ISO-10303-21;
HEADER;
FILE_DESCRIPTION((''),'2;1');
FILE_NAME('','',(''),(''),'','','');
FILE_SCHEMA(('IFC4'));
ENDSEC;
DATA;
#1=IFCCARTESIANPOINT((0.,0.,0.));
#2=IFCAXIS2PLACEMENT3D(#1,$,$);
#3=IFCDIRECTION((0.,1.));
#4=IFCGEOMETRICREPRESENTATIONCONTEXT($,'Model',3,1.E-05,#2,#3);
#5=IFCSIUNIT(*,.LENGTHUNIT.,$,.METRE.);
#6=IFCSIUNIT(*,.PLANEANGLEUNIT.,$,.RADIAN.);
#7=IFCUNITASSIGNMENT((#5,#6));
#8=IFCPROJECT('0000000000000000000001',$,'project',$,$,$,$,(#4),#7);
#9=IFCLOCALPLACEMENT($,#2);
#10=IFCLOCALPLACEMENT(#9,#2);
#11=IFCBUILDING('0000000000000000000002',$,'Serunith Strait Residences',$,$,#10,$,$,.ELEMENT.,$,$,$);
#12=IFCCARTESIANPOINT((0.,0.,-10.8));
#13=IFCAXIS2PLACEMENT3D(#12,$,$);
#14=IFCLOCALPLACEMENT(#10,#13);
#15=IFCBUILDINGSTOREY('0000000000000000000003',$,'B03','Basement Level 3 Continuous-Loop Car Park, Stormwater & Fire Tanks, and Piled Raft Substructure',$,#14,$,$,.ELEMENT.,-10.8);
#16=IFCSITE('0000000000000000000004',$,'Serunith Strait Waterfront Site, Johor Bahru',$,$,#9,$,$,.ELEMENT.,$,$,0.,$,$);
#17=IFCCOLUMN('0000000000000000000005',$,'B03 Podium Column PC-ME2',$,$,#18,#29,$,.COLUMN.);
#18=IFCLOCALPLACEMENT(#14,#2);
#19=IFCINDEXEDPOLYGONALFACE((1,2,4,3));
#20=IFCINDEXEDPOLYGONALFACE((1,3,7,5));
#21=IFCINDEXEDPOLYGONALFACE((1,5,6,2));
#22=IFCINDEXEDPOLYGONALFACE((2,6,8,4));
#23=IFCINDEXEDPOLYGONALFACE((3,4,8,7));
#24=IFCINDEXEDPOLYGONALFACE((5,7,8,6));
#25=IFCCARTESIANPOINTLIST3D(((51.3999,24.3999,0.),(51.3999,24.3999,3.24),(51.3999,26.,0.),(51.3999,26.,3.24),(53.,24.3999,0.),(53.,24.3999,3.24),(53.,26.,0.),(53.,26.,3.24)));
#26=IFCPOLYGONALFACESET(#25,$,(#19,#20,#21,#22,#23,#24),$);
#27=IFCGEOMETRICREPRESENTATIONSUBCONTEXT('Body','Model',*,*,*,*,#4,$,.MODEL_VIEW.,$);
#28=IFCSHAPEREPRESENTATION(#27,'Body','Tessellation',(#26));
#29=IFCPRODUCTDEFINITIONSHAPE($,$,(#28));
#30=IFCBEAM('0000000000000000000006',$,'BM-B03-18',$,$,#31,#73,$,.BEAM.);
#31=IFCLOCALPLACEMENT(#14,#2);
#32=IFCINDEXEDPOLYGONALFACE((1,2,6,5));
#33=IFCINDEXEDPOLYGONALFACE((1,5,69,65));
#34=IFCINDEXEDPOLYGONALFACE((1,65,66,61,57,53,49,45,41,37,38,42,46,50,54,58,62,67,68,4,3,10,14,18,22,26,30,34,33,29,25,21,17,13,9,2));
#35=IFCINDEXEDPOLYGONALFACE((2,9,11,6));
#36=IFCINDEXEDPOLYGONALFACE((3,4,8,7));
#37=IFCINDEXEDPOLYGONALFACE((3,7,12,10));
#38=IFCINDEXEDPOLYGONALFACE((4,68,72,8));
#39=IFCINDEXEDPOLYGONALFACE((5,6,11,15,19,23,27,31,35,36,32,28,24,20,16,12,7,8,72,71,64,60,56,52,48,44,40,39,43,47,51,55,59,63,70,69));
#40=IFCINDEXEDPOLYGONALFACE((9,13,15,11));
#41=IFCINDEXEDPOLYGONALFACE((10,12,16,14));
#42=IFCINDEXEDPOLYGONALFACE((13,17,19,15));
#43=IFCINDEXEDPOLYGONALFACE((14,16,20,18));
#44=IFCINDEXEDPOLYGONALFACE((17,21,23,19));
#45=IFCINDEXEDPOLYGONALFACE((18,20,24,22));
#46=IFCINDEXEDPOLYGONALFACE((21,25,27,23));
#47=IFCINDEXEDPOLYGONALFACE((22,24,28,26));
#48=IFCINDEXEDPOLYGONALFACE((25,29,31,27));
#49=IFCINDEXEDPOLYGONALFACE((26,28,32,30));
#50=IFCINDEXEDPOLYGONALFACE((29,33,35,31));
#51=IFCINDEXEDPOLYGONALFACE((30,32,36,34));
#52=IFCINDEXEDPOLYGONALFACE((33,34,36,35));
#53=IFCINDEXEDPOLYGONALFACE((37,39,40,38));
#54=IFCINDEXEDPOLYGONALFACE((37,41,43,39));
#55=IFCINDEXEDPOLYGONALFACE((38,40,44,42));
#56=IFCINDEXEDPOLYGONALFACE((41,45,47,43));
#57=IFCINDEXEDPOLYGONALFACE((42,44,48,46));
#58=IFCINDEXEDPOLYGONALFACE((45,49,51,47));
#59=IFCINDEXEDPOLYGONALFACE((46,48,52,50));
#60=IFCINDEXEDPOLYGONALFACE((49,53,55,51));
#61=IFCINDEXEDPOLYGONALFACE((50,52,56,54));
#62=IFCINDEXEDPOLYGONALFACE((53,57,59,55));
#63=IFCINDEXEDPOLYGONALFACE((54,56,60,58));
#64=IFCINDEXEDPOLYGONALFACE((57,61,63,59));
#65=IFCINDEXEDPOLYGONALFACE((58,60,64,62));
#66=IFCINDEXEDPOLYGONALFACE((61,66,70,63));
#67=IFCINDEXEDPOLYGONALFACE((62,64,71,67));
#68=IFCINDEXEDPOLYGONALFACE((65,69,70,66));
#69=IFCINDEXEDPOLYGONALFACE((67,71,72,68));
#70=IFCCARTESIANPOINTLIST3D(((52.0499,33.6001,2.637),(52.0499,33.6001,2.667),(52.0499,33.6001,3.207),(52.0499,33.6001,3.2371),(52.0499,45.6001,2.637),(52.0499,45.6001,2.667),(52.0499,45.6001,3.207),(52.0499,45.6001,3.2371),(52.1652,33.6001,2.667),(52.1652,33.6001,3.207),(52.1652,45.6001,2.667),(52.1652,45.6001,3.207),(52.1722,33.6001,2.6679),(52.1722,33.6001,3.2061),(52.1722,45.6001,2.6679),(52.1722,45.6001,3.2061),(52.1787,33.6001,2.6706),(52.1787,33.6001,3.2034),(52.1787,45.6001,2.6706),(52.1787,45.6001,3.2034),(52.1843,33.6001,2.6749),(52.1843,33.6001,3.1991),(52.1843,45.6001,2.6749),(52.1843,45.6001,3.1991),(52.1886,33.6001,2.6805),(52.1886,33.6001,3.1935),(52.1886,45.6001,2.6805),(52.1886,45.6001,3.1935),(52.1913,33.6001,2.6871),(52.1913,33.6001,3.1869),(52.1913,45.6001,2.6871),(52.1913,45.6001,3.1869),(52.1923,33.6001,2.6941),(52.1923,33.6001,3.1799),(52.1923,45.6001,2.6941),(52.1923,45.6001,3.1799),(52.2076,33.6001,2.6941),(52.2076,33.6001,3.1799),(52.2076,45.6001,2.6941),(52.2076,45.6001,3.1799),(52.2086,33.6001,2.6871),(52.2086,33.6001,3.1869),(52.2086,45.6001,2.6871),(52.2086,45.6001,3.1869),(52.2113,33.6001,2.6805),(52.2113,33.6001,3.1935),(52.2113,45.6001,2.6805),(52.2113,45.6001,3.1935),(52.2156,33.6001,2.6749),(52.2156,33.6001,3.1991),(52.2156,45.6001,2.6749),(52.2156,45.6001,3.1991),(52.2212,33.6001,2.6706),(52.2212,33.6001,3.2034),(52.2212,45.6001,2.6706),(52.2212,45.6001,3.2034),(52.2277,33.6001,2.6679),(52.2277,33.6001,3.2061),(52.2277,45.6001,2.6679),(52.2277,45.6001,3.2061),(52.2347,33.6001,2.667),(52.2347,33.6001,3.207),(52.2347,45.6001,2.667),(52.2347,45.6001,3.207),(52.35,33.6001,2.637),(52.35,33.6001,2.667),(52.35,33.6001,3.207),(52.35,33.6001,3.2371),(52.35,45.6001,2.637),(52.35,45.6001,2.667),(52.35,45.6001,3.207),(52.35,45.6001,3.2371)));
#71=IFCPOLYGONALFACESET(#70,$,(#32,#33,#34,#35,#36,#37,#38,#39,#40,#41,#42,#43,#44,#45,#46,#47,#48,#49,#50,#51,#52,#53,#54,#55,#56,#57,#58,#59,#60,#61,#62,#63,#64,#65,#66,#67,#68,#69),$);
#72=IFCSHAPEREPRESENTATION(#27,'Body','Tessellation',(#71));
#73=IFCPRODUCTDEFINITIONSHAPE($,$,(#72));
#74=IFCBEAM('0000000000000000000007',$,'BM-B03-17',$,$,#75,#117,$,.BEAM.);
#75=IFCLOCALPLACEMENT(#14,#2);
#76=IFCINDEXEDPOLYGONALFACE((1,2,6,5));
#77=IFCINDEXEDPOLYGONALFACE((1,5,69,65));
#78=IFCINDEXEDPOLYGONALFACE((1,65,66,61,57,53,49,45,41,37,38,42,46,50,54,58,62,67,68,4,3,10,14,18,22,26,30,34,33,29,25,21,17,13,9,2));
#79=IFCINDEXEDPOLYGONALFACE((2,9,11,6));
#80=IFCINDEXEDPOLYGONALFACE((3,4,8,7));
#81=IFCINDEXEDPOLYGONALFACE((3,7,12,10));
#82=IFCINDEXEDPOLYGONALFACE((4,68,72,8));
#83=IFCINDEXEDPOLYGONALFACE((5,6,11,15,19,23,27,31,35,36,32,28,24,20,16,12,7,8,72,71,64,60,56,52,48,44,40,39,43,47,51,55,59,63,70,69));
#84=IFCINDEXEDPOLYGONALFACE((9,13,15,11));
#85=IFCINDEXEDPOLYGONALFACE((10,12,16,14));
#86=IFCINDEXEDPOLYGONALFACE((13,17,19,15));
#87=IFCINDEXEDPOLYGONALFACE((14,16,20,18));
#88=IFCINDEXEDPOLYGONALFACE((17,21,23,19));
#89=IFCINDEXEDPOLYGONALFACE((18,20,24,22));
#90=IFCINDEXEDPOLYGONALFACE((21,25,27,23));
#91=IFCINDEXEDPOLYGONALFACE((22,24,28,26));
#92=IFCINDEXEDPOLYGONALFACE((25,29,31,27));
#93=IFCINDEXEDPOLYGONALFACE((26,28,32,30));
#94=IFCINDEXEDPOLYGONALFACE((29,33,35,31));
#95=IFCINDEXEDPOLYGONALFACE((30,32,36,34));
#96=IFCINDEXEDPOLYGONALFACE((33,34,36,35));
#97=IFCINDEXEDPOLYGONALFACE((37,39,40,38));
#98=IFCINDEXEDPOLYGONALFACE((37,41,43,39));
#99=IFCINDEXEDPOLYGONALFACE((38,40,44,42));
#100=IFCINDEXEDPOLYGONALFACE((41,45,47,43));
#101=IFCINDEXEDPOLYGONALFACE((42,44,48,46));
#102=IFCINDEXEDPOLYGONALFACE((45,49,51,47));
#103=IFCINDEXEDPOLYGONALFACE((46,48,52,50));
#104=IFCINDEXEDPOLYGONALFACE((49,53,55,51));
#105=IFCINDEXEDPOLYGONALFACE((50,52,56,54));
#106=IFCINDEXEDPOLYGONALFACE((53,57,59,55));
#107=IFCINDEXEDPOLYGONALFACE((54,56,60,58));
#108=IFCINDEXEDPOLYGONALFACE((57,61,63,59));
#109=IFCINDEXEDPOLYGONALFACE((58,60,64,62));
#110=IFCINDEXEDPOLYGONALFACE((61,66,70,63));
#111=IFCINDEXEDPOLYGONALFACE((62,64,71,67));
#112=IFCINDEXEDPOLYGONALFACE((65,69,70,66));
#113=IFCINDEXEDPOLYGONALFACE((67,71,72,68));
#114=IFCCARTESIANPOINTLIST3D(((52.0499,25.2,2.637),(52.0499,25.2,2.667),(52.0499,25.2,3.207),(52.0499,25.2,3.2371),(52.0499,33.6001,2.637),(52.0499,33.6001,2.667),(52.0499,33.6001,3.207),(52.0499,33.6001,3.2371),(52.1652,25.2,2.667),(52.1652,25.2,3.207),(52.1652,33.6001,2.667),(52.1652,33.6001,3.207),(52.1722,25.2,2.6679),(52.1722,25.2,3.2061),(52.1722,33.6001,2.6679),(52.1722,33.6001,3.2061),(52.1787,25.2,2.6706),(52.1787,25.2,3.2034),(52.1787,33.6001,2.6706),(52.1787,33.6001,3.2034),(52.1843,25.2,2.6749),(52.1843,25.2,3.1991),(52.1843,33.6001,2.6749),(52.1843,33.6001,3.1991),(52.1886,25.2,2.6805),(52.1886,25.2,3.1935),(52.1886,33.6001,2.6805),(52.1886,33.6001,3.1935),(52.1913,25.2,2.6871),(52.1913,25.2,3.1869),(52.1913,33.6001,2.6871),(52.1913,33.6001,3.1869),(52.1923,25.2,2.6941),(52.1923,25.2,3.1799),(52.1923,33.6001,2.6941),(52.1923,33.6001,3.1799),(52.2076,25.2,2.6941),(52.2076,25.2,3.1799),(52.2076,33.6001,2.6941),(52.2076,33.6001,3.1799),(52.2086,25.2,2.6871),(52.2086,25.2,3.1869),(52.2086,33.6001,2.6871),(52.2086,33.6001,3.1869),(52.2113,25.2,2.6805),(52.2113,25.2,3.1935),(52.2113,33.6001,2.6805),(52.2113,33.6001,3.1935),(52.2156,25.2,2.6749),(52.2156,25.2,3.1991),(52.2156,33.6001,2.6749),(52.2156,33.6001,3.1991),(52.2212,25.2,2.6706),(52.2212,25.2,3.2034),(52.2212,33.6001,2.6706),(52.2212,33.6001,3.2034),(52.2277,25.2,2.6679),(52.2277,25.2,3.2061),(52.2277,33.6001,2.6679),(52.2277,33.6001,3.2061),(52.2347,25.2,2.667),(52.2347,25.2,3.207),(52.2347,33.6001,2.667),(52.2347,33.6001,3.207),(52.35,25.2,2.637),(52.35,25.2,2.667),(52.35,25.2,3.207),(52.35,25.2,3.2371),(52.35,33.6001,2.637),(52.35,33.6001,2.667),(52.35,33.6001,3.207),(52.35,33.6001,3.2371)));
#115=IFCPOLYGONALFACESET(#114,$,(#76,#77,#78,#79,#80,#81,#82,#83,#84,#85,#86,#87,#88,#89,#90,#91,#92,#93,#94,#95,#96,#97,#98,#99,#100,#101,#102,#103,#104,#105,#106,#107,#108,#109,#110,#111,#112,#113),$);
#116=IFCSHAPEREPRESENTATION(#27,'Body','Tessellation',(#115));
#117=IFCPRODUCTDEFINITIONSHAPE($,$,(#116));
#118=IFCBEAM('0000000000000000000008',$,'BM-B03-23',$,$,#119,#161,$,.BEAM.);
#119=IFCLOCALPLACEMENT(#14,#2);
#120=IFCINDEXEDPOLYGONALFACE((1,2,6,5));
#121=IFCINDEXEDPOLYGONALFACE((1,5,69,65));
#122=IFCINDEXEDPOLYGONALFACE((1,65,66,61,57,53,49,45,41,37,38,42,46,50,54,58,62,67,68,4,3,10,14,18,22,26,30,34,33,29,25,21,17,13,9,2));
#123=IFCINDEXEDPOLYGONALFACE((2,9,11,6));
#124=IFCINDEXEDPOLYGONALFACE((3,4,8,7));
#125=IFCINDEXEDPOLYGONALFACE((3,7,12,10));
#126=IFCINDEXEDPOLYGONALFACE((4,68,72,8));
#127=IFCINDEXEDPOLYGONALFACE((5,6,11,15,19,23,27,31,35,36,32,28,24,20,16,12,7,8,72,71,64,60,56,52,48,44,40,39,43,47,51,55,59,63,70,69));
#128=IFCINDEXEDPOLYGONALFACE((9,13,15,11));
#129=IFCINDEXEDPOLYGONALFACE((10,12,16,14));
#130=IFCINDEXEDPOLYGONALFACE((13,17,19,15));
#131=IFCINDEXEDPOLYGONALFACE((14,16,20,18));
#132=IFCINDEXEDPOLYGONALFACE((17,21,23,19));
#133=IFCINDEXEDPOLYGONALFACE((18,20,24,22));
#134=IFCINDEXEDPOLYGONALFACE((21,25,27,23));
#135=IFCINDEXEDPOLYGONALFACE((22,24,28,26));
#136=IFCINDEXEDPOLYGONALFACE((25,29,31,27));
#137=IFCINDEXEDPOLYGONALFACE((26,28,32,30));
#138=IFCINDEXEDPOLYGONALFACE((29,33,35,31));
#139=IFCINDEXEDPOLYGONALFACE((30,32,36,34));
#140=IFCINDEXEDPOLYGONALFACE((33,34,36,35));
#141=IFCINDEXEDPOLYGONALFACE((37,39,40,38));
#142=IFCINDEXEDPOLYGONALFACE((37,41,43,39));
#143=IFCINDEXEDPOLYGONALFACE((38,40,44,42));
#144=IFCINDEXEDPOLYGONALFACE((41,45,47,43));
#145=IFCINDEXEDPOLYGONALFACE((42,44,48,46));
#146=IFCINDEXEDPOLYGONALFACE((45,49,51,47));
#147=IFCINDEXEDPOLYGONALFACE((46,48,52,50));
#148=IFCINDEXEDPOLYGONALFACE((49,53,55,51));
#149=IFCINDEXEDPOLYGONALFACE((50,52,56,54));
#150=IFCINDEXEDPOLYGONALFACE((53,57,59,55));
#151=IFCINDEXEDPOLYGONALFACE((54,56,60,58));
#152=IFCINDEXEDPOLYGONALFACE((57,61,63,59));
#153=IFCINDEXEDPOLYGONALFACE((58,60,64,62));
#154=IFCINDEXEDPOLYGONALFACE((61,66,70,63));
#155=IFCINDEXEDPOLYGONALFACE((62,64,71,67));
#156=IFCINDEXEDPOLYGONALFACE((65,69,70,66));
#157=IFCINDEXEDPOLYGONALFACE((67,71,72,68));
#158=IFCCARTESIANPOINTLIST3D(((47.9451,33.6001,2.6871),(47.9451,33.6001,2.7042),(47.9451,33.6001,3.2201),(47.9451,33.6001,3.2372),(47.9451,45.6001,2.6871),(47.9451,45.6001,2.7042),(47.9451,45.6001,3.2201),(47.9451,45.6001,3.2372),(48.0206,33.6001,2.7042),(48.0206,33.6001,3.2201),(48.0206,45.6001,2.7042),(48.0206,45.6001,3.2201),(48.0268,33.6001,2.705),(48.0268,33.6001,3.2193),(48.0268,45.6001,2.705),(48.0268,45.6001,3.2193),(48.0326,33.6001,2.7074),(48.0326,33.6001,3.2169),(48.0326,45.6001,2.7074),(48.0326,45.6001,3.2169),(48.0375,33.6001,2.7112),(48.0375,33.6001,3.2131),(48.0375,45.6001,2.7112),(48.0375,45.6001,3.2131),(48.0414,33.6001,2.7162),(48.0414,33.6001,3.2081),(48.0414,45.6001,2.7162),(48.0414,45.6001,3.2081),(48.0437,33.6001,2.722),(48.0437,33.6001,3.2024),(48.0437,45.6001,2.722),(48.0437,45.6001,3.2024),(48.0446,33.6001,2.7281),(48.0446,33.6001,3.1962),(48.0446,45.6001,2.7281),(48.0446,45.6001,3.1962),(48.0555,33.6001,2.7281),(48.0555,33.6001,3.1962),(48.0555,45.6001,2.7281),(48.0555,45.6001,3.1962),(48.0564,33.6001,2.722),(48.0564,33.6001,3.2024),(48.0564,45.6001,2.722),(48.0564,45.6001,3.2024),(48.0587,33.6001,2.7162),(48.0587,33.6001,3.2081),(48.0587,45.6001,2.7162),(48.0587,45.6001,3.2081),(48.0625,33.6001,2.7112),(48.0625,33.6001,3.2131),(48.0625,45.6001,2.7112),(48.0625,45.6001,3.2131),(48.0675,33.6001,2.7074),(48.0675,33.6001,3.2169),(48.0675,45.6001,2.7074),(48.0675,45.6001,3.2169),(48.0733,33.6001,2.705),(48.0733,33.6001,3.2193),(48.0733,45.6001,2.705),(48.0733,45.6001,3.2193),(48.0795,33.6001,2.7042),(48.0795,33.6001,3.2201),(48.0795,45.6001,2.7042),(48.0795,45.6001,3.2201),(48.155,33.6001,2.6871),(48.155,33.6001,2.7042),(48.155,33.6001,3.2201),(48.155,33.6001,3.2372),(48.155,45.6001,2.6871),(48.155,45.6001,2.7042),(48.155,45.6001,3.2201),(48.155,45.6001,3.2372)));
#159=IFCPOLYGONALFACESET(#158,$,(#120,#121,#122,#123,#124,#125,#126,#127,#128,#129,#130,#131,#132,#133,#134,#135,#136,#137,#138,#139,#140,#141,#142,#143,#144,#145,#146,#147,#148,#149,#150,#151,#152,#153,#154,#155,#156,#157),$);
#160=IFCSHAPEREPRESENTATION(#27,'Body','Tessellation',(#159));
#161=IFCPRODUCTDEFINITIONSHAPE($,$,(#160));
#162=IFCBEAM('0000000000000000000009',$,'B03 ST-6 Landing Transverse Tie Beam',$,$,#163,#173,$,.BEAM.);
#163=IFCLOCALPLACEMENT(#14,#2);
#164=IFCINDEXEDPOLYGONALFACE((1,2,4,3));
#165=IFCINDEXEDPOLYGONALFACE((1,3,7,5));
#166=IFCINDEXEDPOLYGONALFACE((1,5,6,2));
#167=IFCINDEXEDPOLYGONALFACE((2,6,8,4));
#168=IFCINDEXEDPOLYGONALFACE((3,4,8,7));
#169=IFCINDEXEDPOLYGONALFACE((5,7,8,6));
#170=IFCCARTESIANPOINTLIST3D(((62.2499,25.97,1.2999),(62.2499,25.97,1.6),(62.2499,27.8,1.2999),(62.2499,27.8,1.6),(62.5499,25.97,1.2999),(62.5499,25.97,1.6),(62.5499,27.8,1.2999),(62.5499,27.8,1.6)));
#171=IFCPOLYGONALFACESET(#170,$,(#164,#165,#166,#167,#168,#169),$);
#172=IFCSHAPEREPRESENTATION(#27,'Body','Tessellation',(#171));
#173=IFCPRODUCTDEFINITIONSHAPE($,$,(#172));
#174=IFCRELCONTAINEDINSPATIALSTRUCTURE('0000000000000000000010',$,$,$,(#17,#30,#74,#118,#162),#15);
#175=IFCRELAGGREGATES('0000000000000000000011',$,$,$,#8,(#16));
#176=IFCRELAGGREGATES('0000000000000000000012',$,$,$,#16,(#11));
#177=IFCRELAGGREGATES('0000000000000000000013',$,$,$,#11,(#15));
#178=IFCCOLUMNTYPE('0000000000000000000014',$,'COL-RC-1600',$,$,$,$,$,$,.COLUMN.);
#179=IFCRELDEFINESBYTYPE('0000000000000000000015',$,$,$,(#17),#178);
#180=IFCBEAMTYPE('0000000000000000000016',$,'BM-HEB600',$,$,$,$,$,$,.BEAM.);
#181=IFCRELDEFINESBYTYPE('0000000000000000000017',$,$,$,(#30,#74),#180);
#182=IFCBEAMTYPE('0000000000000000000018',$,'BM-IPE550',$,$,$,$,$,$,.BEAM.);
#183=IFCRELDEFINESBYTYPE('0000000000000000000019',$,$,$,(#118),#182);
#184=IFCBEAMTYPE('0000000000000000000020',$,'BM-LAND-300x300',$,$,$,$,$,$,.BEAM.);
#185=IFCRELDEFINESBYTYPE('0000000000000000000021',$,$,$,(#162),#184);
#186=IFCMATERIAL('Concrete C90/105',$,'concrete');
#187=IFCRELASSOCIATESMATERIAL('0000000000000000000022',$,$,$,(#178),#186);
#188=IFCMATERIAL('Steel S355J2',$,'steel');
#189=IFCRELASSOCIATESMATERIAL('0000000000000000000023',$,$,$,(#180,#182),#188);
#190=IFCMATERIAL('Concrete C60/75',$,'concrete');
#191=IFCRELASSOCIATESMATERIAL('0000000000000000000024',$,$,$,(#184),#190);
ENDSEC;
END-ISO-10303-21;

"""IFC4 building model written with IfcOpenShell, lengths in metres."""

from ifc_helpers import new_model, si_unit, direction, frame, origin, origin_2d, place, context, subcontext, project, spatial, rectangle, i_section, extrude, source, transform, mapped, material, material_profile, profile_set, type_object, element, save


model = new_model("IFC4")

# Units and contexts
model_context = context("Model", 3, precision=1e-05, world=origin(), true_north=direction((0.0, 1.0)))
body_context = subcontext(model_context, "Body", "Model", "MODEL_VIEW")
ifc_project = project(units=[si_unit("LENGTHUNIT", "METRE"), si_unit("PLANEANGLEUNIT", "RADIAN")], contexts=[model_context])

# Site, building, storey
site_placement = place(None, origin())
site = spatial("IfcSite", under=ifc_project, at=site_placement, Name="Serunith Strait Waterfront Site, Johor Bahru", CompositionType="ELEMENT", RefElevation=0.0)
building_placement = place(site_placement, origin())
building = spatial("IfcBuilding", under=site, at=building_placement, Name="Serunith Strait Residences", CompositionType="ELEMENT")
storey_placement = place(building_placement, frame((0.0, 0.0, -10.8)))
storey = spatial("IfcBuildingStorey", under=building, at=storey_placement, Name="B03", Description="Basement Level 3 Continuous-Loop Car Park, Stormwater & Fire Tanks, and Piled Raft Substructure", CompositionType="ELEMENT", Elevation=-10.8)

# Column
ifc_material_1 = material(Name="Concrete C90/105", Category="concrete")
ifc_material_profile_1 = material_profile(ifc_material_1, rectangle(XDim=1.6001, YDim=1.6001, at=origin_2d()), Name="RC 1600x1600")
ifc_profile_set_1 = profile_set([ifc_material_profile_1], Name="Concrete C90/105")
column_type_1 = type_object("IfcColumnType", Name="COL-RC-1600", PredefinedType="COLUMN", material=ifc_profile_set_1)
shared_shape_1 = source(origin(), body_context, "Body", "SweptSolid", [
    extrude(rectangle(XDim=1.6001, YDim=1.6001, at=origin_2d()), origin(), (0.0, 0.0, 1.0), 3.24),
])
column_placement = place(storey_placement, frame((52.2, 25.2, 0.0), z_axis=(0.0, 0.0, 1.0), x_axis=(1.0, 0.0, 0.0)))
element("IfcColumn", 1, at=column_placement, inside=storey, type_object=column_type_1, Name="B03 Podium Column PC-ME2", PredefinedType="COLUMN", context=body_context, shape_type="MappedRepresentation", body=[
    mapped(shared_shape_1, transform((0.0, 0.0, 0.0), scale=1.0)),
])

# Beams
ifc_material_2 = material(Name="Steel S355J2", Category="steel")
ifc_material_profile_2 = material_profile(ifc_material_2, i_section(OverallWidth=0.3, OverallDepth=0.6001, WebThickness=0.0154, FlangeThickness=0.03, FilletRadius=0.0271, at=origin_2d()), Name="HEB 600")
ifc_profile_set_2 = profile_set([ifc_material_profile_2], Name="Steel S355J2")
beam_type_1 = type_object("IfcBeamType", Name="BM-HEB600", PredefinedType="BEAM", material=ifc_profile_set_2)
shared_shape_2 = source(origin(), body_context, "Body", "SweptSolid", [
    extrude(i_section(OverallWidth=0.3, OverallDepth=0.6001, WebThickness=0.0154, FlangeThickness=0.03, FilletRadius=0.0271, at=origin_2d()), origin(), (0.0, 0.0, 1.0), 12.0),
])
beam_1_placement = place(storey_placement, frame((52.2, 33.6001, 2.937), z_axis=(0.0, 1.0, 0.0), x_axis=(-1.0, 0.0, 0.0)))
element("IfcBeam", 2, at=beam_1_placement, inside=storey, type_object=beam_type_1, Name="BM-B03-18", PredefinedType="BEAM", context=body_context, shape_type="MappedRepresentation", body=[
    mapped(shared_shape_2, transform((0.0, 0.0, 0.0), scale=1.0)),
])
shared_shape_3 = source(origin(), body_context, "Body", "SweptSolid", [
    extrude(i_section(OverallWidth=0.3, OverallDepth=0.6001, WebThickness=0.0154, FlangeThickness=0.03, FilletRadius=0.0271, at=origin_2d()), origin(), (0.0, 0.0, 1.0), 8.4001),
])
beam_2_placement = place(storey_placement, frame((52.2, 25.2, 2.937), z_axis=(0.0, 1.0, 0.0), x_axis=(-1.0, 0.0, 0.0)))
element("IfcBeam", 3, at=beam_2_placement, inside=storey, type_object=beam_type_1, Name="BM-B03-17", PredefinedType="BEAM", context=body_context, shape_type="MappedRepresentation", body=[
    mapped(shared_shape_3, transform((0.0, 0.0, 0.0), scale=1.0)),
])
ifc_material_profile_3 = material_profile(ifc_material_2, i_section(OverallWidth=0.21, OverallDepth=0.55, WebThickness=0.011, FlangeThickness=0.0171, FilletRadius=0.0239, at=origin_2d()), Name="IPE 550")
ifc_profile_set_3 = profile_set([ifc_material_profile_3], Name="Steel S355J2")
beam_type_2 = type_object("IfcBeamType", Name="BM-IPE550", PredefinedType="BEAM", material=ifc_profile_set_3)
shared_shape_4 = source(origin(), body_context, "Body", "SweptSolid", [
    extrude(i_section(OverallWidth=0.21, OverallDepth=0.55, WebThickness=0.011, FlangeThickness=0.0171, FilletRadius=0.0239, at=origin_2d()), origin(), (0.0, 0.0, 1.0), 12.0),
])
beam_3_placement = place(storey_placement, frame((48.05, 33.6001, 2.9622), z_axis=(0.0, 1.0, 0.0), x_axis=(-1.0, 0.0, 0.0)))
element("IfcBeam", 4, at=beam_3_placement, inside=storey, type_object=beam_type_2, Name="BM-B03-23", PredefinedType="BEAM", context=body_context, shape_type="MappedRepresentation", body=[
    mapped(shared_shape_4, transform((0.0, 0.0, 0.0), scale=1.0)),
])
ifc_material_3 = material(Name="Concrete C60/75", Category="concrete")
ifc_material_profile_4 = material_profile(ifc_material_3, rectangle(XDim=0.3, YDim=0.3, at=origin_2d()), Name="RC 300x300")
ifc_profile_set_4 = profile_set([ifc_material_profile_4], Name="Concrete C60/75")
beam_type_3 = type_object("IfcBeamType", Name="BM-LAND-300x300", PredefinedType="BEAM", material=ifc_profile_set_4)
shared_shape_5 = source(origin(), body_context, "Body", "SweptSolid", [
    extrude(rectangle(XDim=0.3, YDim=0.3, at=origin_2d()), origin(), (0.0, 0.0, 1.0), 1.8301),
])
beam_4_placement = place(storey_placement, frame((62.3999, 25.97, 1.45), z_axis=(0.0, 1.0, 0.0), x_axis=(-1.0, 0.0, 0.0)))
element("IfcBeam", 5, at=beam_4_placement, inside=storey, type_object=beam_type_3, Name="B03 ST-6 Landing Transverse Tie Beam", PredefinedType="BEAM", context=body_context, shape_type="MappedRepresentation", body=[
    mapped(shared_shape_5, transform((0.0, 0.0, 0.0), scale=1.0)),
])

save(model, "model.ifc")
